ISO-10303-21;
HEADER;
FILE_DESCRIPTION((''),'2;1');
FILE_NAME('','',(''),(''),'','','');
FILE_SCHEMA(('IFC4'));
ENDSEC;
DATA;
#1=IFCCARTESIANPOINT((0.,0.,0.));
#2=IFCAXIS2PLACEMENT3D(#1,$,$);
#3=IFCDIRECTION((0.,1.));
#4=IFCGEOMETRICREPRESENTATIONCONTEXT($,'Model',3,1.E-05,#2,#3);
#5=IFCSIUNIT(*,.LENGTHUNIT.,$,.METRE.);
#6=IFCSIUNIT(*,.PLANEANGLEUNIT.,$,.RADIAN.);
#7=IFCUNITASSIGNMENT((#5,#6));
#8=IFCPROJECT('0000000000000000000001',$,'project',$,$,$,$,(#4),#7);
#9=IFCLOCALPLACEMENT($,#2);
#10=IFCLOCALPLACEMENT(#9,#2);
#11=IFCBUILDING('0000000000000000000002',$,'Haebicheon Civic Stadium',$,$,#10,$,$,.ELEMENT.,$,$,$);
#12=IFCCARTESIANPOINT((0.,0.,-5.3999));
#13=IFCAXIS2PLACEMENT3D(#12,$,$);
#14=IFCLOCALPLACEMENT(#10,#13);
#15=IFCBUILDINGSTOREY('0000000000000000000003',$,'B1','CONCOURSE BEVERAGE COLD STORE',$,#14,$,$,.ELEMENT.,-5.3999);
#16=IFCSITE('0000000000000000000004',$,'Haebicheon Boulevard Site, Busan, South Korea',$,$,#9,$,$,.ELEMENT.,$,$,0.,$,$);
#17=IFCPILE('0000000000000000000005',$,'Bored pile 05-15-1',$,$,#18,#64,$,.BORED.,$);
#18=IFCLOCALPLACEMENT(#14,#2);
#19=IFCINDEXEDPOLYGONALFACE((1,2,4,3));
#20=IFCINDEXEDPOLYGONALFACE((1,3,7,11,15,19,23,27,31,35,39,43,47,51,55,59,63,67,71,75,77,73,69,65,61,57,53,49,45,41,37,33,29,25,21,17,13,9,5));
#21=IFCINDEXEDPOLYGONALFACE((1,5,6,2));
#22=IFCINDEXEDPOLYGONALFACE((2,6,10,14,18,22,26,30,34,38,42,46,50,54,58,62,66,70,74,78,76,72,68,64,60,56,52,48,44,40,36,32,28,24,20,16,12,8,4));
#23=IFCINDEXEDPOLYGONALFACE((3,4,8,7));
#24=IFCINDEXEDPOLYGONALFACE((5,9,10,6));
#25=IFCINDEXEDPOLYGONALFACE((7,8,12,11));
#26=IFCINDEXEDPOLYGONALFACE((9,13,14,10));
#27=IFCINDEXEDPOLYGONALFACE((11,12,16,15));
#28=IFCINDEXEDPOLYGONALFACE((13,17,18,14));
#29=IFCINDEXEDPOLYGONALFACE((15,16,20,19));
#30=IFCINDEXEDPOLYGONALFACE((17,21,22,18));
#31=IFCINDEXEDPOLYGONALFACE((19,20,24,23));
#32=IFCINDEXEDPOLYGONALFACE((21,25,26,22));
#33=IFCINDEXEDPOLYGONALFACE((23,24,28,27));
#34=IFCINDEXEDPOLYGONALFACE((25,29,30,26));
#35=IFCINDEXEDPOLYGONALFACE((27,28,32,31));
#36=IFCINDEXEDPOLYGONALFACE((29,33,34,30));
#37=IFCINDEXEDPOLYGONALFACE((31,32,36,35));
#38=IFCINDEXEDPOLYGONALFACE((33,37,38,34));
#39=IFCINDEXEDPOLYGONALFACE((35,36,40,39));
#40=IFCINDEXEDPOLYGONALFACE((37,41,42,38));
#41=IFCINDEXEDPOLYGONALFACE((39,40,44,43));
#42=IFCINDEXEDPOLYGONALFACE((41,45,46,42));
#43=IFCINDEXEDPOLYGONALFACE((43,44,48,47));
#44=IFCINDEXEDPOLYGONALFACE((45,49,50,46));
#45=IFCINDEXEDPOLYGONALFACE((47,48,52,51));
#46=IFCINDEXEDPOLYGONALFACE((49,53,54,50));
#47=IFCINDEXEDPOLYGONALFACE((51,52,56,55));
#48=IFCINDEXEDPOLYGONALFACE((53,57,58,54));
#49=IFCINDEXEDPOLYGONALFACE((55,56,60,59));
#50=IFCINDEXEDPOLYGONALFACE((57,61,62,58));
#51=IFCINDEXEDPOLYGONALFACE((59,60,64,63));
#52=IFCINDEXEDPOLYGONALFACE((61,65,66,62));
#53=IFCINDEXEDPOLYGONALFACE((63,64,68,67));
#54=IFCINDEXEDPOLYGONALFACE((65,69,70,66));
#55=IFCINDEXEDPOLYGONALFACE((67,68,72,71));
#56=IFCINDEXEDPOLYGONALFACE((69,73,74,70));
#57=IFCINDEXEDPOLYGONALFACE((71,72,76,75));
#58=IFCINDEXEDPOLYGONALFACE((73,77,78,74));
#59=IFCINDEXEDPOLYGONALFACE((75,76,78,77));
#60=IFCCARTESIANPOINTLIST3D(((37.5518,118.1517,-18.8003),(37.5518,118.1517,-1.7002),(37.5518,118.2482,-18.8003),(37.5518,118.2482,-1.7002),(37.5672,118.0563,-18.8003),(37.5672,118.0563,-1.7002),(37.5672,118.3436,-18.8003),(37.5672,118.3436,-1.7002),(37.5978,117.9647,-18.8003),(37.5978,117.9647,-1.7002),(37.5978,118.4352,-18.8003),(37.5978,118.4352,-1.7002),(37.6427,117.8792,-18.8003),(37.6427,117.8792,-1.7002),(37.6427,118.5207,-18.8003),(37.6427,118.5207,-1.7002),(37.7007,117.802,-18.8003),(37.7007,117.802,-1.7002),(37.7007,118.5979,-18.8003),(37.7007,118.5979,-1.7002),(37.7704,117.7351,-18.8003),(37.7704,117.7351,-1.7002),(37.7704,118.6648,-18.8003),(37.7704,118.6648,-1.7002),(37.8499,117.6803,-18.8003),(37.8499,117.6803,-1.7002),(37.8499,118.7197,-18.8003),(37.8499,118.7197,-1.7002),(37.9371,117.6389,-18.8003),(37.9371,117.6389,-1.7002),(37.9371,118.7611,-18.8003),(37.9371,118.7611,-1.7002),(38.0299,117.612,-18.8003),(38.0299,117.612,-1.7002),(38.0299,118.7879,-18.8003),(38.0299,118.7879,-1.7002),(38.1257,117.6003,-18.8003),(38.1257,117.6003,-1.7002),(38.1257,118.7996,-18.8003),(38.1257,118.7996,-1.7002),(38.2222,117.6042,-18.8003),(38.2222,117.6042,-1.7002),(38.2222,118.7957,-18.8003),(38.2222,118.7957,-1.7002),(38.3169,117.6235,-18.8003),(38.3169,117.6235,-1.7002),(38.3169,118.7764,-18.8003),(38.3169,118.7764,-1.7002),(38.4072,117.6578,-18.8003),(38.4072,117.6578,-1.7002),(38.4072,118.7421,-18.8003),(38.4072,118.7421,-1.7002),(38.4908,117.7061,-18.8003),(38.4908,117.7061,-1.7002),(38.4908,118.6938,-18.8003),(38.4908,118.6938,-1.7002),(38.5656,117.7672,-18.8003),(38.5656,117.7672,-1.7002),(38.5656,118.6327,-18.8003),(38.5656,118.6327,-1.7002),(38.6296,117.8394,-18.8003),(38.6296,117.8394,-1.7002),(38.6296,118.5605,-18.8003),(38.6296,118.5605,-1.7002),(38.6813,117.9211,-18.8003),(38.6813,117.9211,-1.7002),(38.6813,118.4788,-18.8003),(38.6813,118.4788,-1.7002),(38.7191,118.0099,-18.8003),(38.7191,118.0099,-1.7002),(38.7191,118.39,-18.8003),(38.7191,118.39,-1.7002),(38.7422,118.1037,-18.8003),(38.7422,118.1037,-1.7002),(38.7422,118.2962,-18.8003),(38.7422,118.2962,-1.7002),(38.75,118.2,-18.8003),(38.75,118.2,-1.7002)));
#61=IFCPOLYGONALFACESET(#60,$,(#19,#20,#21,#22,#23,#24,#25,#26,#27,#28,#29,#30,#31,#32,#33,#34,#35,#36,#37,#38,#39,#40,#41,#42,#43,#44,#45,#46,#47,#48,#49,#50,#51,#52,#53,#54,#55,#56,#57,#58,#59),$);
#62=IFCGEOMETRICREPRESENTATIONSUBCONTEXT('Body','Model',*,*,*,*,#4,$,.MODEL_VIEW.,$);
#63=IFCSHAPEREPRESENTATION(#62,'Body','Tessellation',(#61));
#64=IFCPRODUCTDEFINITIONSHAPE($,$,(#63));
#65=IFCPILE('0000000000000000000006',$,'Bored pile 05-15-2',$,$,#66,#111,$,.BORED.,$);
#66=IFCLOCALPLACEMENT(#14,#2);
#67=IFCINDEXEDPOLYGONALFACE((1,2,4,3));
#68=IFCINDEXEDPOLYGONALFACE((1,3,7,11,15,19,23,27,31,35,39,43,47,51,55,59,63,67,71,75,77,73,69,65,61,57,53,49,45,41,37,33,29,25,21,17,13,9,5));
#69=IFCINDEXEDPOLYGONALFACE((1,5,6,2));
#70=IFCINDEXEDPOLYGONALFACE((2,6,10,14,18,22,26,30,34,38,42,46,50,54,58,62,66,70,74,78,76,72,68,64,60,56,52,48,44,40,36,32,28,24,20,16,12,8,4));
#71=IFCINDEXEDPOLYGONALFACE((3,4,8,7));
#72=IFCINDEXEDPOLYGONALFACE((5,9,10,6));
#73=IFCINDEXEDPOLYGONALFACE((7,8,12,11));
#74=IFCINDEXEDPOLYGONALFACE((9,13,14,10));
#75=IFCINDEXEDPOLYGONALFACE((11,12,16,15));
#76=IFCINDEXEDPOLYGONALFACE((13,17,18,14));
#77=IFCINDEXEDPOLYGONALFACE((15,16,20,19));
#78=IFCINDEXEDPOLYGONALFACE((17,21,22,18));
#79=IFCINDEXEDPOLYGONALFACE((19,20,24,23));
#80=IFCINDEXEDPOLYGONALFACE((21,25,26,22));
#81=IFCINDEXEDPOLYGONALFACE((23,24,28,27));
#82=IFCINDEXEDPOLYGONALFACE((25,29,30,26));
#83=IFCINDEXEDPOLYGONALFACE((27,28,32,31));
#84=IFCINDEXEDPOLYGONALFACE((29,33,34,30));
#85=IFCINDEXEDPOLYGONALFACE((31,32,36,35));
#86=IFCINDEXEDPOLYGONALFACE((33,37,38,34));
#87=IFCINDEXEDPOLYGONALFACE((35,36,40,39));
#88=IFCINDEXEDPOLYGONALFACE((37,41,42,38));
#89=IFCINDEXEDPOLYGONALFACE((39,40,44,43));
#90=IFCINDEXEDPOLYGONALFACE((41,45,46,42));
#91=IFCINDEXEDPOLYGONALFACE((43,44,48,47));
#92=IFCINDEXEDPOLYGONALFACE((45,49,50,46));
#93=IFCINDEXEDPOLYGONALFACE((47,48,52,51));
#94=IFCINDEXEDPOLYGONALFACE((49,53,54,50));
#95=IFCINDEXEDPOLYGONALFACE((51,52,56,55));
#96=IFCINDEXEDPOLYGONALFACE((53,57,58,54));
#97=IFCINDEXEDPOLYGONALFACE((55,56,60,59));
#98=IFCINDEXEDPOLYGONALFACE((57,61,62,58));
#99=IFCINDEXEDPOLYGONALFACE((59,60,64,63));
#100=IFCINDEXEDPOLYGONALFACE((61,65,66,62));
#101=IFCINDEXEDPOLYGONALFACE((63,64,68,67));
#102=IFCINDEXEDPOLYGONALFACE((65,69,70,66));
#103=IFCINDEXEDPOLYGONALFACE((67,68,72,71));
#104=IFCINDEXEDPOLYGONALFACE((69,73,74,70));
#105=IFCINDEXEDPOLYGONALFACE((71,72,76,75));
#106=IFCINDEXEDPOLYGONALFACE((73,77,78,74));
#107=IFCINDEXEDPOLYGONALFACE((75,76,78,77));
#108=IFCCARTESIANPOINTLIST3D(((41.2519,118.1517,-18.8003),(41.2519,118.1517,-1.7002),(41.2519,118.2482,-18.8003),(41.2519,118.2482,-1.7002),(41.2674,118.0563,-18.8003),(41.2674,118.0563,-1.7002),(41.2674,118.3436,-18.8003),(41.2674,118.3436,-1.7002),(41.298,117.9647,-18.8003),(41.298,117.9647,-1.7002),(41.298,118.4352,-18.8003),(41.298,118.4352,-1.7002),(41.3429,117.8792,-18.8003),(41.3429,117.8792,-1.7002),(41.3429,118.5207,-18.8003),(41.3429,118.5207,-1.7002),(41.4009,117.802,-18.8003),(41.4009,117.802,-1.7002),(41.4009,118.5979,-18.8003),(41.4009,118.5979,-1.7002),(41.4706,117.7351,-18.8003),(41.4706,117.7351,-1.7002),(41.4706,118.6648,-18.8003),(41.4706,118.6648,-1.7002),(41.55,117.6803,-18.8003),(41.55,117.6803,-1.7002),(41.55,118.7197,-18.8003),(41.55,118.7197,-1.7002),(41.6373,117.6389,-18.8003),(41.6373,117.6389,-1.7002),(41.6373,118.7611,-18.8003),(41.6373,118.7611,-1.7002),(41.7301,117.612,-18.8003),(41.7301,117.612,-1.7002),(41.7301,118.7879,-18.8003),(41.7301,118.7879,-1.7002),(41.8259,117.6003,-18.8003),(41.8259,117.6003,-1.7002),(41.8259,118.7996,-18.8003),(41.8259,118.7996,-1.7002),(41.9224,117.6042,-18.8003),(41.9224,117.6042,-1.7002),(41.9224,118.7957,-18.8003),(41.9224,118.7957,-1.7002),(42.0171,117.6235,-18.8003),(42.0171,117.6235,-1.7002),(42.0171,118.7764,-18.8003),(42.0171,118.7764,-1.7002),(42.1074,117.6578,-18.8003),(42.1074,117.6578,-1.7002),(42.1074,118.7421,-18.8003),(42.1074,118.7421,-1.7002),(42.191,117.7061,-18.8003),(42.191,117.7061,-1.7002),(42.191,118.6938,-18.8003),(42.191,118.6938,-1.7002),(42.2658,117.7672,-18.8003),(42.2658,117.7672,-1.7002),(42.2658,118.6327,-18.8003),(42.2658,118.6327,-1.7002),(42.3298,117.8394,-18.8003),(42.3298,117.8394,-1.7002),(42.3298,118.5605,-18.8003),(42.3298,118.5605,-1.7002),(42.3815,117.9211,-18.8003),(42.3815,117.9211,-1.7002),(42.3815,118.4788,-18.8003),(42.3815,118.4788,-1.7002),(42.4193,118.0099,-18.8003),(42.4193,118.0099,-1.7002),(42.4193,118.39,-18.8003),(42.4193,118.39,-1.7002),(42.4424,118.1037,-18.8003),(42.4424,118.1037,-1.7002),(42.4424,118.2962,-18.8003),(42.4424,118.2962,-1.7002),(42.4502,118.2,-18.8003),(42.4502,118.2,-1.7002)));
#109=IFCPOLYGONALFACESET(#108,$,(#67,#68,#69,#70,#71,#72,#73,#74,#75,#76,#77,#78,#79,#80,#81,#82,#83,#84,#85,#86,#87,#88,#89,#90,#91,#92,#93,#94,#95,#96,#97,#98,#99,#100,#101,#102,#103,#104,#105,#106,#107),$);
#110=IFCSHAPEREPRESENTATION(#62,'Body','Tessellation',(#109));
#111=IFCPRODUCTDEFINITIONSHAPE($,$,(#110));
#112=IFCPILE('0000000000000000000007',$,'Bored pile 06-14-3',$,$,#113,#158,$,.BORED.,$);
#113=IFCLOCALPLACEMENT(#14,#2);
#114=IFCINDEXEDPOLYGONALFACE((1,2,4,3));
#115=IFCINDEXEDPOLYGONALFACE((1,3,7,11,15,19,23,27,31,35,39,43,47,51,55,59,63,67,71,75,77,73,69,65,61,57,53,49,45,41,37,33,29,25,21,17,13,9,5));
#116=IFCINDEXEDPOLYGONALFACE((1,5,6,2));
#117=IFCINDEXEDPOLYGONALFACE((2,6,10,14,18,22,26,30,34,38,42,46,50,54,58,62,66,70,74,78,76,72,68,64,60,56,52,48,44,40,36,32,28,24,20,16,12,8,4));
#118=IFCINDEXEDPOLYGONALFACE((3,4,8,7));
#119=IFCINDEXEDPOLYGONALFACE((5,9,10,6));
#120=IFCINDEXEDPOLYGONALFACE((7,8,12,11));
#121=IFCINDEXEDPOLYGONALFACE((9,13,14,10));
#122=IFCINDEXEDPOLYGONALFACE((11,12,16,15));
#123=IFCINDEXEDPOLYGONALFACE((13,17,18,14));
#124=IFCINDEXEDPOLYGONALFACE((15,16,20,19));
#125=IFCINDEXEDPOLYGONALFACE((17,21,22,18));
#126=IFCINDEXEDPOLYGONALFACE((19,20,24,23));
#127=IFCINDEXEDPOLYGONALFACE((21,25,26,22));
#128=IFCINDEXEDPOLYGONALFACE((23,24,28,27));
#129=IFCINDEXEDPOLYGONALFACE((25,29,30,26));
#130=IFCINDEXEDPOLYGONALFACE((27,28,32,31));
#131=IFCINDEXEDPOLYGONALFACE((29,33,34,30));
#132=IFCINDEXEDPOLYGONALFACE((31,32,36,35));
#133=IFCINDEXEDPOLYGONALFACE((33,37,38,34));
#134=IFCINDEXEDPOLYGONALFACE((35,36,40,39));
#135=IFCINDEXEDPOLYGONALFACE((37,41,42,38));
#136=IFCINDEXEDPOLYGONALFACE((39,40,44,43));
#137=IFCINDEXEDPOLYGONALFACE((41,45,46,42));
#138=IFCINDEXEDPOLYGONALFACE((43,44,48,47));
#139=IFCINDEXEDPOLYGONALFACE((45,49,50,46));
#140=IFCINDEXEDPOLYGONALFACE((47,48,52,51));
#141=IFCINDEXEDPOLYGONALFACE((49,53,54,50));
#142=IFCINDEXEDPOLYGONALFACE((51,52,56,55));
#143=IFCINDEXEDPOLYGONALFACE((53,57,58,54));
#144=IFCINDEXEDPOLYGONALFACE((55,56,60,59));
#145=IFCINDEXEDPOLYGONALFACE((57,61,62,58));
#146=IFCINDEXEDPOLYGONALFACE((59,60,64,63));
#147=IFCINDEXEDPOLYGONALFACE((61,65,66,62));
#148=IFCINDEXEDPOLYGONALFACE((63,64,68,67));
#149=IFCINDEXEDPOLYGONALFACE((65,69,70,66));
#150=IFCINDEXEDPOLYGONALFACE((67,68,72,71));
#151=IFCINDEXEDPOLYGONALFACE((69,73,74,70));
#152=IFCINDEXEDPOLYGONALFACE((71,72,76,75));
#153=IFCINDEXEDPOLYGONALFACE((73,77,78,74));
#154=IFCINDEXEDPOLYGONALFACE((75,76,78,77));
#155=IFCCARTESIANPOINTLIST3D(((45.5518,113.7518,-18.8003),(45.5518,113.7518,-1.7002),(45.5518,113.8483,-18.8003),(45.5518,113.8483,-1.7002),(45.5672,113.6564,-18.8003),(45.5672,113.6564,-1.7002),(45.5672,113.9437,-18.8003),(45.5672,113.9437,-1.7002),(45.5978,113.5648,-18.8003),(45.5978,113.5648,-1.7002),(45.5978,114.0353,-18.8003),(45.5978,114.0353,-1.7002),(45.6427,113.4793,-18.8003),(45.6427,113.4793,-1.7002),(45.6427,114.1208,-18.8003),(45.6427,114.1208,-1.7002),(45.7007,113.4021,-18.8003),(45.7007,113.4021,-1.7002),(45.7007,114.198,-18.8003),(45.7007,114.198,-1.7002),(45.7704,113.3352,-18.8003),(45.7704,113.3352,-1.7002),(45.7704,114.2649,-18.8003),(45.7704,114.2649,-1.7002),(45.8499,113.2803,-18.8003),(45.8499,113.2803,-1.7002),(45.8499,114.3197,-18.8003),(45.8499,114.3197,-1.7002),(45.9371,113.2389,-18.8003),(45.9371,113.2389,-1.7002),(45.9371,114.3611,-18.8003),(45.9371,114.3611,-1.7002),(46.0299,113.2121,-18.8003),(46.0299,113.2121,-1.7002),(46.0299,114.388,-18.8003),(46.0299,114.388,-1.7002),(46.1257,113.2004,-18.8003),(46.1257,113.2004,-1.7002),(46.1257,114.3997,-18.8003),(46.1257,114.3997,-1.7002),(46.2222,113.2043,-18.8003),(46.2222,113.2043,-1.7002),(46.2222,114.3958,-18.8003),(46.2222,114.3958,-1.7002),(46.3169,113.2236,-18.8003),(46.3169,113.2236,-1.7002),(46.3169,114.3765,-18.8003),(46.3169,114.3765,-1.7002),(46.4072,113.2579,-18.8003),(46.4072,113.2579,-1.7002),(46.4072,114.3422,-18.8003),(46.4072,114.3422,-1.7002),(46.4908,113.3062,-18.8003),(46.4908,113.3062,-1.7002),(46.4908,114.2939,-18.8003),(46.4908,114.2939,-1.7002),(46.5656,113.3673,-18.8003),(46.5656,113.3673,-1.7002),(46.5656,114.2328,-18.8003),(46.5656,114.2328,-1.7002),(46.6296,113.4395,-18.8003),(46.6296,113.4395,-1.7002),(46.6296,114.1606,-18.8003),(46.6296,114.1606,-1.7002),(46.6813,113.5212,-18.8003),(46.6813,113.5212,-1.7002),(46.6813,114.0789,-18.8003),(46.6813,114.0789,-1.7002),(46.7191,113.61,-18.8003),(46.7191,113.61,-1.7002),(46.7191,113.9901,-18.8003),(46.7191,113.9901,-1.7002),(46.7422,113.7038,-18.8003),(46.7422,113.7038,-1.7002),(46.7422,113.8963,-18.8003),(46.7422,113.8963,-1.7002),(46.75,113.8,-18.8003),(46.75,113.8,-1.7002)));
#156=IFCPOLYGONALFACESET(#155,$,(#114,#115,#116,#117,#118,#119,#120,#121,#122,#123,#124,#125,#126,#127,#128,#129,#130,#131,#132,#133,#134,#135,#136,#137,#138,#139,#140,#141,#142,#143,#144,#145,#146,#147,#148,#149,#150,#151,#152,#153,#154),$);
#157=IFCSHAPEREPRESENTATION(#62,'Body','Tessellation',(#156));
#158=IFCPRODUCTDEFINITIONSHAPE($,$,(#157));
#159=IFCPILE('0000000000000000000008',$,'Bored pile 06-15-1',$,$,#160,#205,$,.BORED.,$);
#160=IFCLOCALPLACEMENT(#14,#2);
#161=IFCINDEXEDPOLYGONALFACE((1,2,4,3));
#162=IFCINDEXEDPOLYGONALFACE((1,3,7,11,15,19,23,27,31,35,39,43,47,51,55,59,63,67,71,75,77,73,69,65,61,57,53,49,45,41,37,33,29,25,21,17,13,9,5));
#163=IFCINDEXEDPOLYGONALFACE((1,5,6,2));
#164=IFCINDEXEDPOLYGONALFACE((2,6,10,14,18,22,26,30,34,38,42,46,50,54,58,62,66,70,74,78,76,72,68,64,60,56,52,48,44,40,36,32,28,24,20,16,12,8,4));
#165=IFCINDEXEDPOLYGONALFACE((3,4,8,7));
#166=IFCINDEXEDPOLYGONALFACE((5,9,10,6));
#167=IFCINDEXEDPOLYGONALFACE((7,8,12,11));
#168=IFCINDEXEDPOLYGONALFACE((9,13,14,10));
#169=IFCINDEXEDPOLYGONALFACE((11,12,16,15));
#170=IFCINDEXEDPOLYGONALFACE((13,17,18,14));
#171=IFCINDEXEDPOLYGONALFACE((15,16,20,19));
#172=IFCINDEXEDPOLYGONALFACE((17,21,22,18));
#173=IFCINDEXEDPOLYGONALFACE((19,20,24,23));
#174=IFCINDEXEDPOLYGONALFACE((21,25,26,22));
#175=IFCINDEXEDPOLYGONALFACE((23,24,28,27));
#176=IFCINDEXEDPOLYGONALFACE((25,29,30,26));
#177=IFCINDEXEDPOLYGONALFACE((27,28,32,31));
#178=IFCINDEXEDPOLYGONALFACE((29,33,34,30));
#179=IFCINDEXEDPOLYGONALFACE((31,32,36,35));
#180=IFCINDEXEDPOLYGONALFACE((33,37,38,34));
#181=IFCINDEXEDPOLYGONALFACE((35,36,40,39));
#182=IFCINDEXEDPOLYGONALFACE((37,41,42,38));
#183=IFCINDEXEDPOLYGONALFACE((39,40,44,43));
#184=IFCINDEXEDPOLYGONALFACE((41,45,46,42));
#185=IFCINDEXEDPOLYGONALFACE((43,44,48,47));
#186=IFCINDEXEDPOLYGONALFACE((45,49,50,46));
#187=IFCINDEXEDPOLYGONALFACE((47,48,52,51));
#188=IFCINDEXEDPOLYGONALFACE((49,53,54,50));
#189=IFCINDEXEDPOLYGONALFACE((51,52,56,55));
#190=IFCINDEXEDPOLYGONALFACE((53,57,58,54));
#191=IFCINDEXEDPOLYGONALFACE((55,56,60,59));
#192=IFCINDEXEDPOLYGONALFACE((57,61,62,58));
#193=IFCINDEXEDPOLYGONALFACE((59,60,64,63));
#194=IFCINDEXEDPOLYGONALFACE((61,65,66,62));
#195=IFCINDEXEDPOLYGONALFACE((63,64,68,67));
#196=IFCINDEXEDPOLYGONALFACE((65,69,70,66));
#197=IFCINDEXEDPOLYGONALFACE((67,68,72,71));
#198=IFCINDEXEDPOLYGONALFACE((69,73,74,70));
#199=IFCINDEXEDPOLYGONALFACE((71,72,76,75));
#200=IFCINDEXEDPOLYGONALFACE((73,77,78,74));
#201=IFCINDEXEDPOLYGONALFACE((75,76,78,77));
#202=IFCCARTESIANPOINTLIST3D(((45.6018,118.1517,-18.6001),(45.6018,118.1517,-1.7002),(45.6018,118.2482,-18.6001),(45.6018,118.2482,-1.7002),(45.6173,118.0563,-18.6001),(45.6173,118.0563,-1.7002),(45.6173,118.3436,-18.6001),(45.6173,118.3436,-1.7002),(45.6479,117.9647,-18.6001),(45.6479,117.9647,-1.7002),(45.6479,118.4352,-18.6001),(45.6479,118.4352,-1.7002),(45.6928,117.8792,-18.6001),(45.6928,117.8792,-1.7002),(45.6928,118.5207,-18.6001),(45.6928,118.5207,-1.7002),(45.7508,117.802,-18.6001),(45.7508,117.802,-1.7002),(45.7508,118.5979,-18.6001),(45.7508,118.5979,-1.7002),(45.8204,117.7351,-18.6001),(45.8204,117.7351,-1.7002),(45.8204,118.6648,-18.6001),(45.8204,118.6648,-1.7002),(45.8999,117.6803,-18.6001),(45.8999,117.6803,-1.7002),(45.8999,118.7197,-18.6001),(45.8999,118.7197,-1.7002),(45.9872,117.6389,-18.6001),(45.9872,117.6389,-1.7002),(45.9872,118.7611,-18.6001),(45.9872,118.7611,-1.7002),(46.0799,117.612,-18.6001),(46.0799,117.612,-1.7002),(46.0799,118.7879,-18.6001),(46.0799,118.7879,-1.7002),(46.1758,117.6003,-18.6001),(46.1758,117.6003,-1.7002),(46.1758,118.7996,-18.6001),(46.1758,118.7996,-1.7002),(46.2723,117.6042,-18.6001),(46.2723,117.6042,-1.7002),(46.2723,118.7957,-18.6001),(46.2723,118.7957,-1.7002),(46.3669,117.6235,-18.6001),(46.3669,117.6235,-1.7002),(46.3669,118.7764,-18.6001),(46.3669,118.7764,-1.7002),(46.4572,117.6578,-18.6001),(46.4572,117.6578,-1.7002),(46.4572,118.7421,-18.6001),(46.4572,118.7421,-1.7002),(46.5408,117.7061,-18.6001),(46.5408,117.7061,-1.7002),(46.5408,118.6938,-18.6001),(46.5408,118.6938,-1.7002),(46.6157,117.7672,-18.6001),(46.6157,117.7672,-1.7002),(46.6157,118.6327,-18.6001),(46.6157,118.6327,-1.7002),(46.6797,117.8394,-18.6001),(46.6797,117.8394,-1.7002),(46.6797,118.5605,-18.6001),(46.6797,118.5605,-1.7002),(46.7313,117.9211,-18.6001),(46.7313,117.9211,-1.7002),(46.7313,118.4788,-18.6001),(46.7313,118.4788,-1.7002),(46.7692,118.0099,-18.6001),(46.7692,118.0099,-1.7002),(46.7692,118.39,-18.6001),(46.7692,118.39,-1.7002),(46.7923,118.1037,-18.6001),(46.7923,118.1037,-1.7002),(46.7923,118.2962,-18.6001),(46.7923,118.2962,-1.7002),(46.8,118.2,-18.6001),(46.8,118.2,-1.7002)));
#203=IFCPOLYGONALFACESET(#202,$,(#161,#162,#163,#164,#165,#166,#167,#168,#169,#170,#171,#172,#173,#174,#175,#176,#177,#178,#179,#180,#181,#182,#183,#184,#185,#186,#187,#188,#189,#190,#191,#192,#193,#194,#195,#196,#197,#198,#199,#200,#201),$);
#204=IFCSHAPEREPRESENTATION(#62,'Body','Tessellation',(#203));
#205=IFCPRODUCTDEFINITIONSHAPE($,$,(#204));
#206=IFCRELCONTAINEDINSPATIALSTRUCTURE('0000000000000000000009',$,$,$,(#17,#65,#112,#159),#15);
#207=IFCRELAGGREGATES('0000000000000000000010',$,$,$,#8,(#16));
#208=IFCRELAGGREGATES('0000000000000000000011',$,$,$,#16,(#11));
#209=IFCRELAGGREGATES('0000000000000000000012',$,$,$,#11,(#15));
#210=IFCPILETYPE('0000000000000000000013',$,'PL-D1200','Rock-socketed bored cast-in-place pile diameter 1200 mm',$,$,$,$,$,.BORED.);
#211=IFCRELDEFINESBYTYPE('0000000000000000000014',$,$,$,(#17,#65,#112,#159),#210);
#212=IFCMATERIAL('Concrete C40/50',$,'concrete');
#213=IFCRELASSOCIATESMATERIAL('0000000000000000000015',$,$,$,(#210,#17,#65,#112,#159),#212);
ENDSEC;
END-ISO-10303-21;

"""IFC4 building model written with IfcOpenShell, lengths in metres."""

from ifc_helpers import new_model, si_unit, direction, frame, origin, origin_2d, place, context, subcontext, project, spatial, circle, extrude, material, material_profile, profile_set, type_object, element, save


model = new_model("IFC4")

# Units and contexts
model_context = context("Model", 3, precision=1e-05, world=origin(), true_north=direction((0.0, 1.0)))
body_context = subcontext(model_context, "Body", "Model", "MODEL_VIEW")
ifc_project = project(units=[si_unit("LENGTHUNIT", "METRE"), si_unit("PLANEANGLEUNIT", "RADIAN")], contexts=[model_context])

# Site, building, storey
site_placement = place(None, origin())
site = spatial("IfcSite", under=ifc_project, at=site_placement, Name="Haebicheon Boulevard Site, Busan, South Korea", CompositionType="ELEMENT", RefElevation=0.0)
building_placement = place(site_placement, origin())
building = spatial("IfcBuilding", under=site, at=building_placement, Name="Haebicheon Civic Stadium", CompositionType="ELEMENT")
storey_placement = place(building_placement, frame((0.0, 0.0, -5.3999)))
storey = spatial("IfcBuildingStorey", under=building, at=storey_placement, Name="B1", Description="CONCOURSE BEVERAGE COLD STORE", CompositionType="ELEMENT", Elevation=-5.3999)

# Piles
ifc_material_1 = material(Name="Concrete C40/50", Category="concrete")
ifc_material_profile_1 = material_profile(ifc_material_1, circle(Radius=0.6001, at=origin_2d()), Name="PILE-D1200")
ifc_profile_set_1 = profile_set([ifc_material_profile_1], Name="Concrete C40/50")
pile_type = type_object("IfcPileType", Name="PL-D1200", Description="Rock-socketed bored cast-in-place pile diameter 1200 mm", PredefinedType="BORED", material=ifc_profile_set_1)
for number, where, z_axis, x_axis, name in (
    (1, (38.1499, 118.2, -1.7002), (0.0, 0.0, -1.0), (1.0, 0.0, 0.0), "Bored pile 05-15-1"),
    (2, (41.8501, 118.2, -1.7002), (0.0, 0.0, -1.0), (1.0, 0.0, 0.0), "Bored pile 05-15-2"),
    (3, (46.1499, 113.8, -1.7002), (0.0, 0.0, -1.0), (1.0, 0.0, 0.0), "Bored pile 06-14-3"),
):
    element("IfcPile", number, at=place(storey_placement, frame(where, z_axis=z_axis, x_axis=x_axis)), inside=storey, type_object=pile_type, material=ifc_profile_set_1, Name=name, PredefinedType="BORED", context=body_context, shape_type="SweptSolid", body=[
        extrude(circle(Radius=0.6001, at=origin_2d()), origin(), (0.0, 0.0, 1.0), 17.1001),
    ])
pile_placement = place(storey_placement, frame((46.2, 118.2, -1.7002), z_axis=(0.0, 0.0, -1.0), x_axis=(1.0, 0.0, 0.0)))
element("IfcPile", 4, at=pile_placement, inside=storey, type_object=pile_type, material=ifc_profile_set_1, Name="Bored pile 06-15-1", PredefinedType="BORED", context=body_context, shape_type="SweptSolid", body=[
    extrude(circle(Radius=0.6001, at=origin_2d()), origin(), (0.0, 0.0, 1.0), 16.8999),
])

save(model, "model.ifc")
